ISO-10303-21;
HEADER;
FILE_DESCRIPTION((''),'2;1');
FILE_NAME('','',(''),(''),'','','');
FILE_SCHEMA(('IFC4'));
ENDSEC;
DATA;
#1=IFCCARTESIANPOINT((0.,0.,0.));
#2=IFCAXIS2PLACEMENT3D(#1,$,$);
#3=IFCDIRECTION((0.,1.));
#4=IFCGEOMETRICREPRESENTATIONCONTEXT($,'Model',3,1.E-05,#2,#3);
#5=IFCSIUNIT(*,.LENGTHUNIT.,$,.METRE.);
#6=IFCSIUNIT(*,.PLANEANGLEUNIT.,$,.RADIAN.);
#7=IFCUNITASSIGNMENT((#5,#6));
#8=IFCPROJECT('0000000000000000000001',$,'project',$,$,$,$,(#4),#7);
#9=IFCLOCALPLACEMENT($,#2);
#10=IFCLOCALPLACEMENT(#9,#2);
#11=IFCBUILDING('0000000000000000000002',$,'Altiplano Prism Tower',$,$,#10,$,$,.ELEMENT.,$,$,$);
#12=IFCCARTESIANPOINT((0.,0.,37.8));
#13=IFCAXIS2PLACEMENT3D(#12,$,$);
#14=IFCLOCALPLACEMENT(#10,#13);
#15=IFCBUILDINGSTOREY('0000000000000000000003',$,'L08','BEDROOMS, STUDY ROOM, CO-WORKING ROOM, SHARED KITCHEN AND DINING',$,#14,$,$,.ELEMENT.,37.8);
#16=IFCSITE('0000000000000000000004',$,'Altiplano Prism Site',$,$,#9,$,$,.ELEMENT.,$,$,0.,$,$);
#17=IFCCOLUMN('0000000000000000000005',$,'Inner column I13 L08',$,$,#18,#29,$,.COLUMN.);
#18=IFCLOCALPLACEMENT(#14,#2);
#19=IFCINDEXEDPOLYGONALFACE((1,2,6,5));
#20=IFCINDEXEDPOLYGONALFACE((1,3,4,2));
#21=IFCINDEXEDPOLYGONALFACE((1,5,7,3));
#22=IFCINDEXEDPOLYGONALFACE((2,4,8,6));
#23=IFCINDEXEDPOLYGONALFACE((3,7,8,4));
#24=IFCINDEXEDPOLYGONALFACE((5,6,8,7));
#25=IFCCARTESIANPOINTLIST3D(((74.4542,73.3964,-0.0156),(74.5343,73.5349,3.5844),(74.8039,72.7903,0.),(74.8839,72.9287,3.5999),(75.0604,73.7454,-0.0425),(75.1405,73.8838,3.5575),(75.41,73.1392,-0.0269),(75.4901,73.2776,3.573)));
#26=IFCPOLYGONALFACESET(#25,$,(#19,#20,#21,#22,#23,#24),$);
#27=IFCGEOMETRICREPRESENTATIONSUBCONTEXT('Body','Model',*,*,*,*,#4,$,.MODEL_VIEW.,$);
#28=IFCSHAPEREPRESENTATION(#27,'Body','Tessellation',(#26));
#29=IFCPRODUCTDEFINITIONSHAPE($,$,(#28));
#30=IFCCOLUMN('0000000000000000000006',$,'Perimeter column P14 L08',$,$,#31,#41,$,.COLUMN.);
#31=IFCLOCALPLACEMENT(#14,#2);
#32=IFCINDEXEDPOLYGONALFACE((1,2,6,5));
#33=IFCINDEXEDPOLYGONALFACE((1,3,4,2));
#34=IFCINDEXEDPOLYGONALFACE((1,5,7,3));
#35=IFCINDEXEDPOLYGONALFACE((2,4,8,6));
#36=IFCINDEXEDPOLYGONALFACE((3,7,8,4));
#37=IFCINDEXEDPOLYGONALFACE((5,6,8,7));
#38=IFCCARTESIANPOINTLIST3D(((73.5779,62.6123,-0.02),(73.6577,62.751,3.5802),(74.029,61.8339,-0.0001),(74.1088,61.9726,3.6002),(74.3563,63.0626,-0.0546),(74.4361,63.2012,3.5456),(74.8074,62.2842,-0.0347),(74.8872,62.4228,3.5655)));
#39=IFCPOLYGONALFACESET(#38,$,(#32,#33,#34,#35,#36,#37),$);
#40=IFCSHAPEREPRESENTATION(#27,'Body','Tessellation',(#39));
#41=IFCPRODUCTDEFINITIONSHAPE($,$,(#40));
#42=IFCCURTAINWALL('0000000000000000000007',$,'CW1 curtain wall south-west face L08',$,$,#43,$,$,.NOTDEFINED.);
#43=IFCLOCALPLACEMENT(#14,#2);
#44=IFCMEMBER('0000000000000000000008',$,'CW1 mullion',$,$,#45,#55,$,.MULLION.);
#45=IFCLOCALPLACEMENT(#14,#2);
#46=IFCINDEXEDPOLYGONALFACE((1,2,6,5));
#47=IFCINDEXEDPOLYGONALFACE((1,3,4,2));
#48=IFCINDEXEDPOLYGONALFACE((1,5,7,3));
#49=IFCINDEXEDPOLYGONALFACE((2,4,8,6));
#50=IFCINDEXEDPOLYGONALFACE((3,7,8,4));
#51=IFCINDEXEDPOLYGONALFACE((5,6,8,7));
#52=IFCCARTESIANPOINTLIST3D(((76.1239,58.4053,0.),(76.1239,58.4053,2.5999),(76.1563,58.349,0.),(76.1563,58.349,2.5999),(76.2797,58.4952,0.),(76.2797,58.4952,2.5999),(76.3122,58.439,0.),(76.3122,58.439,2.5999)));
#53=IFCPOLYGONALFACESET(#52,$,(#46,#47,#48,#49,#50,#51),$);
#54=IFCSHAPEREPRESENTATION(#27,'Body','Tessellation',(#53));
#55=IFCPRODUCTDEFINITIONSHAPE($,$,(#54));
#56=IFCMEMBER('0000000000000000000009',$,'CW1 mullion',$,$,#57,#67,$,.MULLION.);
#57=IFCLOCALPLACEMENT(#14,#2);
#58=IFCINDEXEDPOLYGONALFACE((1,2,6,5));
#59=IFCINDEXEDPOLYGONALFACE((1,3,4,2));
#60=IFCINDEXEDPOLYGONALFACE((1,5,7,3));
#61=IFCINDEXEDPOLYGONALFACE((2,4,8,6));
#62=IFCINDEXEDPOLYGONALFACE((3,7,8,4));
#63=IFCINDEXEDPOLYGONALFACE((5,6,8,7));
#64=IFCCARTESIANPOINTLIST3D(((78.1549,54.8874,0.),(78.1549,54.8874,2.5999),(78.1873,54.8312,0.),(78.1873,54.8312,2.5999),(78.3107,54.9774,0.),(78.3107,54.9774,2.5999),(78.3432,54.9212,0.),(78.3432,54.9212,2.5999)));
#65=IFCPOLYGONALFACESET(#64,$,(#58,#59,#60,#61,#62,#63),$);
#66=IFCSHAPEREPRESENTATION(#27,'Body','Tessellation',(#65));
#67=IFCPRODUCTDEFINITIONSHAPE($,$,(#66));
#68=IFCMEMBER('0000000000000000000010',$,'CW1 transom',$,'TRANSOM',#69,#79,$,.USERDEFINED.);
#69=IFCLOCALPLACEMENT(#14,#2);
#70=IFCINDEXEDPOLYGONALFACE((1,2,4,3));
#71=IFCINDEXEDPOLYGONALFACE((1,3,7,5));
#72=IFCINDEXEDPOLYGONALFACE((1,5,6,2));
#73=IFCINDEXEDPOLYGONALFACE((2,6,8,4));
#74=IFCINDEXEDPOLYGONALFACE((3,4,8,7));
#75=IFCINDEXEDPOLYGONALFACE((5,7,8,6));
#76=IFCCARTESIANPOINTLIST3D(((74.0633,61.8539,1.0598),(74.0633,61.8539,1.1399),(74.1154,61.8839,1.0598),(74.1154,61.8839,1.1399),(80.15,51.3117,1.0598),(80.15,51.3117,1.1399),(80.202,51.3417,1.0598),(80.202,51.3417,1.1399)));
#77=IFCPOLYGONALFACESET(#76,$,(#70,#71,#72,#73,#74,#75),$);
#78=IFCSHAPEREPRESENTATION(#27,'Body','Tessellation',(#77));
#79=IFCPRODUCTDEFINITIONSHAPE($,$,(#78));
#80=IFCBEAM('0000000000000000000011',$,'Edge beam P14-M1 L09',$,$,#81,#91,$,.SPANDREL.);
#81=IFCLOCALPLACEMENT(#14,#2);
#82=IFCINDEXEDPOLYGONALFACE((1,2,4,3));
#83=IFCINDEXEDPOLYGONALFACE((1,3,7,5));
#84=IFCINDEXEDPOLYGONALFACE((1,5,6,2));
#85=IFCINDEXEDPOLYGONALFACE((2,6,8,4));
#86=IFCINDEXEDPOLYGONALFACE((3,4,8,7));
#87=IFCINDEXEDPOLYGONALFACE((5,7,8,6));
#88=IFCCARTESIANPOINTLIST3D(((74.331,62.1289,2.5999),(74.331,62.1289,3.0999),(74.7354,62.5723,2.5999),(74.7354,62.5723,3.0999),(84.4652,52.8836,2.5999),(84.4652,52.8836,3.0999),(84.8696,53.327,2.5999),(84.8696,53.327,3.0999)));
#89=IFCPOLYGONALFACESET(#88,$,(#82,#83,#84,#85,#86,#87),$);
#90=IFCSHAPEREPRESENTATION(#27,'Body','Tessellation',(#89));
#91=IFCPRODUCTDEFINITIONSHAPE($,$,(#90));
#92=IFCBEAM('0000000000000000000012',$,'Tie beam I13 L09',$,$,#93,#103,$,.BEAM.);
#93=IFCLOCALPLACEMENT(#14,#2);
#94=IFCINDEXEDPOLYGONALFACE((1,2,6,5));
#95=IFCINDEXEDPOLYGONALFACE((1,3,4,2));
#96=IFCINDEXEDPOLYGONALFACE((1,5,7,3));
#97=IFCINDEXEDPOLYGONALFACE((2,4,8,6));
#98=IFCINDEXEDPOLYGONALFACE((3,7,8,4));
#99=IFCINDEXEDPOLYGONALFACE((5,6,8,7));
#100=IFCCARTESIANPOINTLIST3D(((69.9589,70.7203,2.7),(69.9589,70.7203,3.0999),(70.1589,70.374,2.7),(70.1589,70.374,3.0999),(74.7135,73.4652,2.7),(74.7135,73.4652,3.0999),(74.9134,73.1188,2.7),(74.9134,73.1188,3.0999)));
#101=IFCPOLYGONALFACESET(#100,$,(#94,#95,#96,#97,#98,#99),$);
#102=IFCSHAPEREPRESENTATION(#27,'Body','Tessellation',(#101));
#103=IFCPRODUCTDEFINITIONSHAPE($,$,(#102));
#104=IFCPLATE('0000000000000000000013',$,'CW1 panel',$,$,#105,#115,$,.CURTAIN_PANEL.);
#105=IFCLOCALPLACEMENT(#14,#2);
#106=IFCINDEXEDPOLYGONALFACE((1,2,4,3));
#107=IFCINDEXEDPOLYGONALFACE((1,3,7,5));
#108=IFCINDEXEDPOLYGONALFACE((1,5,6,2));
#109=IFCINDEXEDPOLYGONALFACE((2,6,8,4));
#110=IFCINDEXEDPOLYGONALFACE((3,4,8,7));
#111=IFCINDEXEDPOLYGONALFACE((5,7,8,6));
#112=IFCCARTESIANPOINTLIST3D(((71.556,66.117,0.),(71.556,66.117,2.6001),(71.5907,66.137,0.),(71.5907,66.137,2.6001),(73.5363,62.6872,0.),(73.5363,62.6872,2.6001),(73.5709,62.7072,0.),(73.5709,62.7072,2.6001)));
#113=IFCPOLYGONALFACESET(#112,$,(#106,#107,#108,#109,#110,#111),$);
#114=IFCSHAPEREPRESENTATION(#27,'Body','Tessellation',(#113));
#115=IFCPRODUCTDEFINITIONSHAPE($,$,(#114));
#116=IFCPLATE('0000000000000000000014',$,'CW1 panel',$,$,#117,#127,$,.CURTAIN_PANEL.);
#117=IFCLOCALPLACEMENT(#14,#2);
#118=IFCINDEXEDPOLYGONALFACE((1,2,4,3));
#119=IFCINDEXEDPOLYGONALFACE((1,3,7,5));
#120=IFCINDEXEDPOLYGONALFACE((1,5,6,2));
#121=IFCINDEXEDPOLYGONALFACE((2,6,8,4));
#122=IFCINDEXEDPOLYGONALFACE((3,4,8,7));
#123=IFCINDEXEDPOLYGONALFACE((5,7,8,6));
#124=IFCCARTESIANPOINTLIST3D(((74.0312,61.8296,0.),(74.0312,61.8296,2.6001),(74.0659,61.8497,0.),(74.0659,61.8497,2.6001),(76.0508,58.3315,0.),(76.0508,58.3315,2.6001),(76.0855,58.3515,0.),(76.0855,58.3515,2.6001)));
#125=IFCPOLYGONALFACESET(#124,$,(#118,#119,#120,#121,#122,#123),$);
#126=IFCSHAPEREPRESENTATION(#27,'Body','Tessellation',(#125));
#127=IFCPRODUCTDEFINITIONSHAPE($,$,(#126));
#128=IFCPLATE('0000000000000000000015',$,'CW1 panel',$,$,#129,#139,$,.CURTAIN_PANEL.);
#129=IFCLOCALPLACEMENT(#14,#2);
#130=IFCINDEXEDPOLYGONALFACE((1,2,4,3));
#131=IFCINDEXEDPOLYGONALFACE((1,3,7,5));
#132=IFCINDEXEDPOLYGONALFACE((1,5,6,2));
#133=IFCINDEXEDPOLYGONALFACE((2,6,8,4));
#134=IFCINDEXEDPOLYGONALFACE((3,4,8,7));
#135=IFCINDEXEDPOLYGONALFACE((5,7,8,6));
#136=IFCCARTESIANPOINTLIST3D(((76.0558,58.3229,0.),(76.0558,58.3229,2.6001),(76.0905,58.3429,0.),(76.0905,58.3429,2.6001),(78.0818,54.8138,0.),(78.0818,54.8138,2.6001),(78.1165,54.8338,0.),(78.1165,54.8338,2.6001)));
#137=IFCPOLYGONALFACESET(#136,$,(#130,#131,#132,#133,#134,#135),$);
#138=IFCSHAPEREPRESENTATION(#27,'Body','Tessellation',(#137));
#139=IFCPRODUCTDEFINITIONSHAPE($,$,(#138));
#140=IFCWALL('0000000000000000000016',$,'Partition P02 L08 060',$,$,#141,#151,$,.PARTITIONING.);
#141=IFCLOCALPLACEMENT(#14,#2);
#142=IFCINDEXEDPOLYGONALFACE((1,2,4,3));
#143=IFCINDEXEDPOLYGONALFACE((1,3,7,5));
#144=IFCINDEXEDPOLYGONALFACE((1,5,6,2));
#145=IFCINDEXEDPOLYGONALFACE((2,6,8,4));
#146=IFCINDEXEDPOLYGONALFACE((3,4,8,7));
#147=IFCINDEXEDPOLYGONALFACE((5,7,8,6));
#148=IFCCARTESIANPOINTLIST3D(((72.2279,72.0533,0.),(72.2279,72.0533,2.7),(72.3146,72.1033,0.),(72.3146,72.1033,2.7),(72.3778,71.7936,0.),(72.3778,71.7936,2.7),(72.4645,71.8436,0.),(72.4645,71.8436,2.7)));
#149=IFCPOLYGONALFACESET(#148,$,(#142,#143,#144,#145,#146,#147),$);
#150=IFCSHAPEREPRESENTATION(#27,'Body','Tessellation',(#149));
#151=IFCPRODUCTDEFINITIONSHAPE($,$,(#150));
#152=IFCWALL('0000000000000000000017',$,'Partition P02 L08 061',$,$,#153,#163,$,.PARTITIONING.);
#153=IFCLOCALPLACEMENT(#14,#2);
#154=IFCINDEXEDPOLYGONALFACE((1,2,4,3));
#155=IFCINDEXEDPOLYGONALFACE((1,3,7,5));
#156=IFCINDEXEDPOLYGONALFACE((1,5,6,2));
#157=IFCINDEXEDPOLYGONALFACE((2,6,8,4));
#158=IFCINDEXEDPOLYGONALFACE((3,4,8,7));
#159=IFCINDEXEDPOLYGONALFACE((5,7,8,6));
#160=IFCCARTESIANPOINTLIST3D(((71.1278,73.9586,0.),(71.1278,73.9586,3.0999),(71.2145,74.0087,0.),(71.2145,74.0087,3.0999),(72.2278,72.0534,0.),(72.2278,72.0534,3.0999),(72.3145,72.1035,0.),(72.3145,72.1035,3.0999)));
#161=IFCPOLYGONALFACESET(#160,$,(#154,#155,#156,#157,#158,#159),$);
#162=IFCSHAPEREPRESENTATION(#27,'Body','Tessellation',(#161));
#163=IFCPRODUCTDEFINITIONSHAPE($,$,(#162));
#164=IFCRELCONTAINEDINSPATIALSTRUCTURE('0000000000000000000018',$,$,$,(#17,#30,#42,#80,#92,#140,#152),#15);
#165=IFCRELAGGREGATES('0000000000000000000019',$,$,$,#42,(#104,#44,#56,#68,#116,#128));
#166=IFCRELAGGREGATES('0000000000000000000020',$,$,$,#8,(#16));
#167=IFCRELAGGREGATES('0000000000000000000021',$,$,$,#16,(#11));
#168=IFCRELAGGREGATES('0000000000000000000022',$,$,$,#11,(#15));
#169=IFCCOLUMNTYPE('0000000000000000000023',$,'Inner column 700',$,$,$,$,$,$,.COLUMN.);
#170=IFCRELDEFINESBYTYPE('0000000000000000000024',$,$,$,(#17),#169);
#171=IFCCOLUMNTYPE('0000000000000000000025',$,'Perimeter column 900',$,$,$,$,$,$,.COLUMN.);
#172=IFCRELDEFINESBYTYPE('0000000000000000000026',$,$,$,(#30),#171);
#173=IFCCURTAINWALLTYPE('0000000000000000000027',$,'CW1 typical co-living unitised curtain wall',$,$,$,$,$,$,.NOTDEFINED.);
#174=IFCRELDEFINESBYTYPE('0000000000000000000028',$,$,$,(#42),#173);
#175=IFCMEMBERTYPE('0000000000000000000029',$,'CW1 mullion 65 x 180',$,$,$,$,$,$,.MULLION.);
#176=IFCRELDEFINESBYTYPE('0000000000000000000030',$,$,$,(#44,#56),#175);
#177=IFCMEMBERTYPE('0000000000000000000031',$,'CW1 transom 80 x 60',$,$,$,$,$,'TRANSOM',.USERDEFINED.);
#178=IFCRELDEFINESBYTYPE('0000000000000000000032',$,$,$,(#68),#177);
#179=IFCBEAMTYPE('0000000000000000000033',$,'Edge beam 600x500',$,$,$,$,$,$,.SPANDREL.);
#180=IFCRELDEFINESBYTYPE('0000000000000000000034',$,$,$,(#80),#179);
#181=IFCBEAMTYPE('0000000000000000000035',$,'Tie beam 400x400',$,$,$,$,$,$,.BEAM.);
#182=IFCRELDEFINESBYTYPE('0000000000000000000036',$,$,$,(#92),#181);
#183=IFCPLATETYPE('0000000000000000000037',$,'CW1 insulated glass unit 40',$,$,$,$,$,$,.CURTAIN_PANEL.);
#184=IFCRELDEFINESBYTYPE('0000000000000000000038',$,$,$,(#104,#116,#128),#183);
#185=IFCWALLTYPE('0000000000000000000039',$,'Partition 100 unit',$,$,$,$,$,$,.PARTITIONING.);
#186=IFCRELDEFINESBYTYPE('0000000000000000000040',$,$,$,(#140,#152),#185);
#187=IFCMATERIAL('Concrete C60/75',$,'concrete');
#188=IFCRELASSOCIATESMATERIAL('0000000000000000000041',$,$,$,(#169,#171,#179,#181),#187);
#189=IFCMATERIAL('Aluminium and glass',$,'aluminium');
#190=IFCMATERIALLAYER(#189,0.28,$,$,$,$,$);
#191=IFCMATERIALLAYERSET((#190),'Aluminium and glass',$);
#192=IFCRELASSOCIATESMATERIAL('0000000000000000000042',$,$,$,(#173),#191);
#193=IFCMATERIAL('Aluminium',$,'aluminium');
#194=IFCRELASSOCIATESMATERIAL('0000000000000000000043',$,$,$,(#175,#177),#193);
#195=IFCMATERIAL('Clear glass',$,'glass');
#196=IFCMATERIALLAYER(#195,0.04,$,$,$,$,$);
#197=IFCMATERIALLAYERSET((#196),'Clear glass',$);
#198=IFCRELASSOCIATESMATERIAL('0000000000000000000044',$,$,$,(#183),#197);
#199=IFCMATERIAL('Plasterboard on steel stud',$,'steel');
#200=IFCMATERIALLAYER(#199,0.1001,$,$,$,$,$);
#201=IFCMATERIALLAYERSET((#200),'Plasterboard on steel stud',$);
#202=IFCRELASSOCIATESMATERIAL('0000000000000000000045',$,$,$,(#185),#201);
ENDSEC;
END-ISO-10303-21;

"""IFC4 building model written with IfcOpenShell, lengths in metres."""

from ifc_helpers import new_model, si_unit, direction, frame, frame_2d, origin, origin_2d, place, context, subcontext, project, spatial, rectangle, extrude, material, layer, layer_set, material_profile, profile_set, type_object, element, aggregate, save


model = new_model("IFC4")

# Units and contexts
model_context = context("Model", 3, precision=1e-05, world=origin(), true_north=direction((0.0, 1.0)))
body_context = subcontext(model_context, "Body", "Model", "MODEL_VIEW")
ifc_project = project(units=[si_unit("LENGTHUNIT", "METRE"), si_unit("PLANEANGLEUNIT", "RADIAN")], contexts=[model_context])

# Site, building, storey
site_placement = place(None, origin())
site = spatial("IfcSite", under=ifc_project, at=site_placement, Name="Altiplano Prism Site", CompositionType="ELEMENT", RefElevation=0.0)
building_placement = place(site_placement, origin())
building = spatial("IfcBuilding", under=site, at=building_placement, Name="Altiplano Prism Tower", CompositionType="ELEMENT")
storey_placement = place(building_placement, frame((0.0, 0.0, 37.8)))
storey = spatial("IfcBuildingStorey", under=building, at=storey_placement, Name="L08", Description="BEDROOMS, STUDY ROOM, CO-WORKING ROOM, SHARED KITCHEN AND DINING", CompositionType="ELEMENT", Elevation=37.8)

# Columns
ifc_material_1 = material(Name="Concrete C60/75", Category="concrete")
ifc_material_profile_1 = material_profile(ifc_material_1, rectangle(XDim=0.7, YDim=0.7, at=origin_2d()), Name="Inner column 700")
ifc_profile_set_1 = profile_set([ifc_material_profile_1], Name="Concrete C60/75")
column_type_1 = type_object("IfcColumnType", Name="Inner column 700", PredefinedType="COLUMN", material=ifc_profile_set_1)
column_1_placement = place(storey_placement, frame((74.9321, 73.2678, -0.0212), z_axis=(0.022223, 0.038416, 0.999015), x_axis=(-0.866019, -0.498532, 0.038435)))
element("IfcColumn", 1, at=column_1_placement, inside=storey, type_object=column_type_1, Name="Inner column I13 L08", PredefinedType="COLUMN", context=body_context, shape_type="SweptSolid", body=[
    extrude(rectangle(XDim=0.7, YDim=0.7, at=origin_2d()), origin(), (0.0, 0.0, 1.0), 3.6035),
])
ifc_material_profile_2 = material_profile(ifc_material_1, rectangle(XDim=0.8999, YDim=0.8999, at=origin_2d()), Name="Perimeter column 900")
ifc_profile_set_2 = profile_set([ifc_material_profile_2], Name="Concrete C60/75")
column_type_2 = type_object("IfcColumnType", Name="Perimeter column 900", PredefinedType="COLUMN", material=ifc_profile_set_2)
column_2_placement = place(storey_placement, frame((74.1926, 62.4482, -0.0273), z_axis=(0.022154, 0.038481, 0.999014), x_axis=(-0.864981, -0.500329, 0.038454)))
element("IfcColumn", 2, at=column_2_placement, inside=storey, type_object=column_type_2, Name="Perimeter column P14 L08", PredefinedType="COLUMN", context=body_context, shape_type="SweptSolid", body=[
    extrude(rectangle(XDim=0.8999, YDim=0.8999, at=origin_2d()), origin(), (0.0, 0.0, 1.0), 3.6038),
])

# Curtain wall, members
ifc_material_2 = material(Name="Aluminium and glass", Category="aluminium")
ifc_layer_1 = layer(ifc_material_2, 0.28)
ifc_layer_set_1 = layer_set([ifc_layer_1], Name="Aluminium and glass")
curtain_wall_type = type_object("IfcCurtainWallType", Name="CW1 typical co-living unitised curtain wall", PredefinedType="NOTDEFINED", material=ifc_layer_set_1)
curtain_wall_placement = place(storey_placement, origin())
curtain_wall = element("IfcCurtainWall", 3, at=curtain_wall_placement, inside=storey, type_object=curtain_wall_type, Name="CW1 curtain wall south-west face L08", PredefinedType="NOTDEFINED")
ifc_material_3 = material(Name="Aluminium", Category="aluminium")
ifc_material_profile_3 = material_profile(ifc_material_3, rectangle(XDim=0.1799, YDim=0.0649, at=origin_2d()), Name="CW1 mullion 65 x 180")
ifc_profile_set_3 = profile_set([ifc_material_profile_3], Name="Aluminium")
member_type_1 = type_object("IfcMemberType", Name="CW1 mullion 65 x 180", PredefinedType="MULLION", material=ifc_profile_set_3)
member_1_placement = place(storey_placement, frame((76.218, 58.4221, 0.0), z_axis=(0.0, 0.0, 1.0), x_axis=(0.866025, 0.5, 0.0)))
member_1 = element("IfcMember", 4, at=member_1_placement, type_object=member_type_1, Name="CW1 mullion", PredefinedType="MULLION", context=body_context, shape_type="SweptSolid", body=[
    extrude(rectangle(XDim=0.1799, YDim=0.0649, at=origin_2d()), origin(), (0.0, 0.0, 1.0), 2.5999),
])
member_2_placement = place(storey_placement, frame((78.249, 54.9043, 0.0), z_axis=(0.0, 0.0, 1.0), x_axis=(0.866025, 0.5, 0.0)))
member_2 = element("IfcMember", 5, at=member_2_placement, type_object=member_type_1, Name="CW1 mullion", PredefinedType="MULLION", context=body_context, shape_type="SweptSolid", body=[
    extrude(rectangle(XDim=0.1799, YDim=0.0649, at=origin_2d()), origin(), (0.0, 0.0, 1.0), 2.5999),
])
ifc_material_profile_4 = material_profile(ifc_material_3, rectangle(XDim=0.0601, YDim=0.0801, at=origin_2d()), Name="CW1 transom 80 x 60")
ifc_profile_set_4 = profile_set([ifc_material_profile_4], Name="Aluminium")
member_type_2 = type_object("IfcMemberType", Name="CW1 transom 80 x 60", ElementType="TRANSOM", PredefinedType="USERDEFINED", material=ifc_profile_set_4)
member_3_placement = place(storey_placement, frame((74.0894, 61.8689, 1.0999), z_axis=(0.500007, -0.866022, 0.0), x_axis=(0.866022, 0.500007, 0.0)))
member_3 = element("IfcMember", 6, at=member_3_placement, type_object=member_type_2, Name="CW1 transom", ObjectType="TRANSOM", PredefinedType="USERDEFINED", context=body_context, shape_type="SweptSolid", body=[
    extrude(rectangle(XDim=0.0601, YDim=0.0801, at=origin_2d()), origin(), (0.0, 0.0, 1.0), 12.1731),
])

# Beams
ifc_material_profile_5 = material_profile(ifc_material_1, rectangle(XDim=0.6001, YDim=0.5, at=origin_2d()), Name="Edge beam 600x500")
ifc_profile_set_5 = profile_set([ifc_material_profile_5], Name="Concrete C60/75")
beam_type_1 = type_object("IfcBeamType", Name="Edge beam 600x500", PredefinedType="SPANDREL", material=ifc_profile_set_5)
beam_1_placement = place(storey_placement, frame((74.5332, 62.3506, 2.8499), z_axis=(0.738764, -0.673964, 0.0), x_axis=(0.673964, 0.738764, 0.0)))
element("IfcBeam", 7, at=beam_1_placement, inside=storey, type_object=beam_type_1, Name="Edge beam P14-M1 L09", PredefinedType="SPANDREL", context=body_context, shape_type="SweptSolid", body=[
    extrude(rectangle(XDim=0.6001, YDim=0.5, at=origin_2d()), origin(), (0.0, 0.0, 1.0), 13.7178),
])
ifc_material_profile_6 = material_profile(ifc_material_1, rectangle(XDim=0.3999, YDim=0.3999, at=origin_2d()), Name="Tie beam 400x400")
ifc_profile_set_6 = profile_set([ifc_material_profile_6], Name="Concrete C60/75")
beam_type_2 = type_object("IfcBeamType", Name="Tie beam 400x400", PredefinedType="BEAM", material=ifc_profile_set_6)
beam_2_placement = place(storey_placement, frame((74.8135, 73.292, 2.8999), z_axis=(-0.866043, -0.49997, 0.0), x_axis=(0.49997, -0.866043, 0.0)))
element("IfcBeam", 8, at=beam_2_placement, inside=storey, type_object=beam_type_2, Name="Tie beam I13 L09", PredefinedType="BEAM", context=body_context, shape_type="SweptSolid", body=[
    extrude(rectangle(XDim=0.3999, YDim=0.3999, at=origin_2d()), origin(), (0.0, 0.0, 1.0), 5.49),
])

# Plates
ifc_material_4 = material(Name="Clear glass", Category="glass")
ifc_layer_2 = layer(ifc_material_4, 0.04)
ifc_layer_set_2 = layer_set([ifc_layer_2], Name="Clear glass")
plate_type = type_object("IfcPlateType", Name="CW1 insulated glass unit 40", PredefinedType="CURTAIN_PANEL", material=ifc_layer_set_2)
plate_1_placement = place(storey_placement, frame((72.5635, 64.4121, 0.0), z_axis=(0.0, 0.0, 1.0), x_axis=(0.5, -0.866025, 0.0)))
plate_1 = element("IfcPlate", 9, at=plate_1_placement, type_object=plate_type, Name="CW1 panel", PredefinedType="CURTAIN_PANEL", context=body_context, shape_type="SweptSolid", body=[
    extrude(rectangle(XDim=3.9604, YDim=0.04, at=origin_2d()), origin(), (0.0, 0.0, 1.0), 2.6001),
])
plate_2_placement = place(storey_placement, frame((75.0583, 60.0906, 0.0), z_axis=(0.0, 0.0, 1.0), x_axis=(0.5, -0.866025, 0.0)))
plate_2 = element("IfcPlate", 10, at=plate_2_placement, type_object=plate_type, Name="CW1 panel", PredefinedType="CURTAIN_PANEL", context=body_context, shape_type="SweptSolid", body=[
    extrude(rectangle(XDim=4.0393, YDim=0.04, at=origin_2d()), origin(), (0.0, 0.0, 1.0), 2.6001),
])
plate_3_placement = place(storey_placement, frame((77.0862, 56.5784, 0.0), z_axis=(0.0, 0.0, 1.0), x_axis=(0.5, -0.866025, 0.0)))
plate_3 = element("IfcPlate", 11, at=plate_3_placement, type_object=plate_type, Name="CW1 panel", PredefinedType="CURTAIN_PANEL", context=body_context, shape_type="SweptSolid", body=[
    extrude(rectangle(XDim=4.052, YDim=0.04, at=origin_2d()), origin(), (0.0, 0.0, 1.0), 2.6001),
])
aggregate(curtain_wall, [plate_1, member_1, member_2, member_3, plate_2, plate_3])

# Walls
ifc_material_5 = material(Name="Plasterboard on steel stud", Category="steel")
ifc_layer_3 = layer(ifc_material_5, 0.1001)
ifc_layer_set_3 = layer_set([ifc_layer_3], Name="Plasterboard on steel stud")
wall_type_1 = type_object("IfcWallType", Name="Partition 100 unit", PredefinedType="PARTITIONING", material=ifc_layer_set_3)
wall_1_placement = place(storey_placement, frame((72.4211, 71.8186, 0.0), z_axis=(0.0, 0.0, 1.0), x_axis=(-0.499816, 0.866131, 0.0)))
element("IfcWall", 12, at=wall_1_placement, inside=storey, type_object=wall_type_1, Name="Partition P02 L08 060", PredefinedType="PARTITIONING", context=body_context, shape_type="SweptSolid", body=[
    extrude(rectangle(XDim=0.2998, YDim=0.1001, at=frame_2d((0.1499, 0.0))), origin(), (0.0, 0.0, 1.0), 2.7),
])
wall_2_placement = place(storey_placement, frame((72.2712, 72.0784, 0.0), z_axis=(0.0, 0.0, 1.0), x_axis=(-0.50003, 0.866008, 0.0)))
element("IfcWall", 13, at=wall_2_placement, inside=storey, type_object=wall_type_1, Name="Partition P02 L08 061", PredefinedType="PARTITIONING", context=body_context, shape_type="SweptSolid", body=[
    extrude(rectangle(XDim=2.2, YDim=0.1001, at=frame_2d((1.1001, 0.0))), origin(), (0.0, 0.0, 1.0), 3.0999),
])

save(model, "model.ifc")
